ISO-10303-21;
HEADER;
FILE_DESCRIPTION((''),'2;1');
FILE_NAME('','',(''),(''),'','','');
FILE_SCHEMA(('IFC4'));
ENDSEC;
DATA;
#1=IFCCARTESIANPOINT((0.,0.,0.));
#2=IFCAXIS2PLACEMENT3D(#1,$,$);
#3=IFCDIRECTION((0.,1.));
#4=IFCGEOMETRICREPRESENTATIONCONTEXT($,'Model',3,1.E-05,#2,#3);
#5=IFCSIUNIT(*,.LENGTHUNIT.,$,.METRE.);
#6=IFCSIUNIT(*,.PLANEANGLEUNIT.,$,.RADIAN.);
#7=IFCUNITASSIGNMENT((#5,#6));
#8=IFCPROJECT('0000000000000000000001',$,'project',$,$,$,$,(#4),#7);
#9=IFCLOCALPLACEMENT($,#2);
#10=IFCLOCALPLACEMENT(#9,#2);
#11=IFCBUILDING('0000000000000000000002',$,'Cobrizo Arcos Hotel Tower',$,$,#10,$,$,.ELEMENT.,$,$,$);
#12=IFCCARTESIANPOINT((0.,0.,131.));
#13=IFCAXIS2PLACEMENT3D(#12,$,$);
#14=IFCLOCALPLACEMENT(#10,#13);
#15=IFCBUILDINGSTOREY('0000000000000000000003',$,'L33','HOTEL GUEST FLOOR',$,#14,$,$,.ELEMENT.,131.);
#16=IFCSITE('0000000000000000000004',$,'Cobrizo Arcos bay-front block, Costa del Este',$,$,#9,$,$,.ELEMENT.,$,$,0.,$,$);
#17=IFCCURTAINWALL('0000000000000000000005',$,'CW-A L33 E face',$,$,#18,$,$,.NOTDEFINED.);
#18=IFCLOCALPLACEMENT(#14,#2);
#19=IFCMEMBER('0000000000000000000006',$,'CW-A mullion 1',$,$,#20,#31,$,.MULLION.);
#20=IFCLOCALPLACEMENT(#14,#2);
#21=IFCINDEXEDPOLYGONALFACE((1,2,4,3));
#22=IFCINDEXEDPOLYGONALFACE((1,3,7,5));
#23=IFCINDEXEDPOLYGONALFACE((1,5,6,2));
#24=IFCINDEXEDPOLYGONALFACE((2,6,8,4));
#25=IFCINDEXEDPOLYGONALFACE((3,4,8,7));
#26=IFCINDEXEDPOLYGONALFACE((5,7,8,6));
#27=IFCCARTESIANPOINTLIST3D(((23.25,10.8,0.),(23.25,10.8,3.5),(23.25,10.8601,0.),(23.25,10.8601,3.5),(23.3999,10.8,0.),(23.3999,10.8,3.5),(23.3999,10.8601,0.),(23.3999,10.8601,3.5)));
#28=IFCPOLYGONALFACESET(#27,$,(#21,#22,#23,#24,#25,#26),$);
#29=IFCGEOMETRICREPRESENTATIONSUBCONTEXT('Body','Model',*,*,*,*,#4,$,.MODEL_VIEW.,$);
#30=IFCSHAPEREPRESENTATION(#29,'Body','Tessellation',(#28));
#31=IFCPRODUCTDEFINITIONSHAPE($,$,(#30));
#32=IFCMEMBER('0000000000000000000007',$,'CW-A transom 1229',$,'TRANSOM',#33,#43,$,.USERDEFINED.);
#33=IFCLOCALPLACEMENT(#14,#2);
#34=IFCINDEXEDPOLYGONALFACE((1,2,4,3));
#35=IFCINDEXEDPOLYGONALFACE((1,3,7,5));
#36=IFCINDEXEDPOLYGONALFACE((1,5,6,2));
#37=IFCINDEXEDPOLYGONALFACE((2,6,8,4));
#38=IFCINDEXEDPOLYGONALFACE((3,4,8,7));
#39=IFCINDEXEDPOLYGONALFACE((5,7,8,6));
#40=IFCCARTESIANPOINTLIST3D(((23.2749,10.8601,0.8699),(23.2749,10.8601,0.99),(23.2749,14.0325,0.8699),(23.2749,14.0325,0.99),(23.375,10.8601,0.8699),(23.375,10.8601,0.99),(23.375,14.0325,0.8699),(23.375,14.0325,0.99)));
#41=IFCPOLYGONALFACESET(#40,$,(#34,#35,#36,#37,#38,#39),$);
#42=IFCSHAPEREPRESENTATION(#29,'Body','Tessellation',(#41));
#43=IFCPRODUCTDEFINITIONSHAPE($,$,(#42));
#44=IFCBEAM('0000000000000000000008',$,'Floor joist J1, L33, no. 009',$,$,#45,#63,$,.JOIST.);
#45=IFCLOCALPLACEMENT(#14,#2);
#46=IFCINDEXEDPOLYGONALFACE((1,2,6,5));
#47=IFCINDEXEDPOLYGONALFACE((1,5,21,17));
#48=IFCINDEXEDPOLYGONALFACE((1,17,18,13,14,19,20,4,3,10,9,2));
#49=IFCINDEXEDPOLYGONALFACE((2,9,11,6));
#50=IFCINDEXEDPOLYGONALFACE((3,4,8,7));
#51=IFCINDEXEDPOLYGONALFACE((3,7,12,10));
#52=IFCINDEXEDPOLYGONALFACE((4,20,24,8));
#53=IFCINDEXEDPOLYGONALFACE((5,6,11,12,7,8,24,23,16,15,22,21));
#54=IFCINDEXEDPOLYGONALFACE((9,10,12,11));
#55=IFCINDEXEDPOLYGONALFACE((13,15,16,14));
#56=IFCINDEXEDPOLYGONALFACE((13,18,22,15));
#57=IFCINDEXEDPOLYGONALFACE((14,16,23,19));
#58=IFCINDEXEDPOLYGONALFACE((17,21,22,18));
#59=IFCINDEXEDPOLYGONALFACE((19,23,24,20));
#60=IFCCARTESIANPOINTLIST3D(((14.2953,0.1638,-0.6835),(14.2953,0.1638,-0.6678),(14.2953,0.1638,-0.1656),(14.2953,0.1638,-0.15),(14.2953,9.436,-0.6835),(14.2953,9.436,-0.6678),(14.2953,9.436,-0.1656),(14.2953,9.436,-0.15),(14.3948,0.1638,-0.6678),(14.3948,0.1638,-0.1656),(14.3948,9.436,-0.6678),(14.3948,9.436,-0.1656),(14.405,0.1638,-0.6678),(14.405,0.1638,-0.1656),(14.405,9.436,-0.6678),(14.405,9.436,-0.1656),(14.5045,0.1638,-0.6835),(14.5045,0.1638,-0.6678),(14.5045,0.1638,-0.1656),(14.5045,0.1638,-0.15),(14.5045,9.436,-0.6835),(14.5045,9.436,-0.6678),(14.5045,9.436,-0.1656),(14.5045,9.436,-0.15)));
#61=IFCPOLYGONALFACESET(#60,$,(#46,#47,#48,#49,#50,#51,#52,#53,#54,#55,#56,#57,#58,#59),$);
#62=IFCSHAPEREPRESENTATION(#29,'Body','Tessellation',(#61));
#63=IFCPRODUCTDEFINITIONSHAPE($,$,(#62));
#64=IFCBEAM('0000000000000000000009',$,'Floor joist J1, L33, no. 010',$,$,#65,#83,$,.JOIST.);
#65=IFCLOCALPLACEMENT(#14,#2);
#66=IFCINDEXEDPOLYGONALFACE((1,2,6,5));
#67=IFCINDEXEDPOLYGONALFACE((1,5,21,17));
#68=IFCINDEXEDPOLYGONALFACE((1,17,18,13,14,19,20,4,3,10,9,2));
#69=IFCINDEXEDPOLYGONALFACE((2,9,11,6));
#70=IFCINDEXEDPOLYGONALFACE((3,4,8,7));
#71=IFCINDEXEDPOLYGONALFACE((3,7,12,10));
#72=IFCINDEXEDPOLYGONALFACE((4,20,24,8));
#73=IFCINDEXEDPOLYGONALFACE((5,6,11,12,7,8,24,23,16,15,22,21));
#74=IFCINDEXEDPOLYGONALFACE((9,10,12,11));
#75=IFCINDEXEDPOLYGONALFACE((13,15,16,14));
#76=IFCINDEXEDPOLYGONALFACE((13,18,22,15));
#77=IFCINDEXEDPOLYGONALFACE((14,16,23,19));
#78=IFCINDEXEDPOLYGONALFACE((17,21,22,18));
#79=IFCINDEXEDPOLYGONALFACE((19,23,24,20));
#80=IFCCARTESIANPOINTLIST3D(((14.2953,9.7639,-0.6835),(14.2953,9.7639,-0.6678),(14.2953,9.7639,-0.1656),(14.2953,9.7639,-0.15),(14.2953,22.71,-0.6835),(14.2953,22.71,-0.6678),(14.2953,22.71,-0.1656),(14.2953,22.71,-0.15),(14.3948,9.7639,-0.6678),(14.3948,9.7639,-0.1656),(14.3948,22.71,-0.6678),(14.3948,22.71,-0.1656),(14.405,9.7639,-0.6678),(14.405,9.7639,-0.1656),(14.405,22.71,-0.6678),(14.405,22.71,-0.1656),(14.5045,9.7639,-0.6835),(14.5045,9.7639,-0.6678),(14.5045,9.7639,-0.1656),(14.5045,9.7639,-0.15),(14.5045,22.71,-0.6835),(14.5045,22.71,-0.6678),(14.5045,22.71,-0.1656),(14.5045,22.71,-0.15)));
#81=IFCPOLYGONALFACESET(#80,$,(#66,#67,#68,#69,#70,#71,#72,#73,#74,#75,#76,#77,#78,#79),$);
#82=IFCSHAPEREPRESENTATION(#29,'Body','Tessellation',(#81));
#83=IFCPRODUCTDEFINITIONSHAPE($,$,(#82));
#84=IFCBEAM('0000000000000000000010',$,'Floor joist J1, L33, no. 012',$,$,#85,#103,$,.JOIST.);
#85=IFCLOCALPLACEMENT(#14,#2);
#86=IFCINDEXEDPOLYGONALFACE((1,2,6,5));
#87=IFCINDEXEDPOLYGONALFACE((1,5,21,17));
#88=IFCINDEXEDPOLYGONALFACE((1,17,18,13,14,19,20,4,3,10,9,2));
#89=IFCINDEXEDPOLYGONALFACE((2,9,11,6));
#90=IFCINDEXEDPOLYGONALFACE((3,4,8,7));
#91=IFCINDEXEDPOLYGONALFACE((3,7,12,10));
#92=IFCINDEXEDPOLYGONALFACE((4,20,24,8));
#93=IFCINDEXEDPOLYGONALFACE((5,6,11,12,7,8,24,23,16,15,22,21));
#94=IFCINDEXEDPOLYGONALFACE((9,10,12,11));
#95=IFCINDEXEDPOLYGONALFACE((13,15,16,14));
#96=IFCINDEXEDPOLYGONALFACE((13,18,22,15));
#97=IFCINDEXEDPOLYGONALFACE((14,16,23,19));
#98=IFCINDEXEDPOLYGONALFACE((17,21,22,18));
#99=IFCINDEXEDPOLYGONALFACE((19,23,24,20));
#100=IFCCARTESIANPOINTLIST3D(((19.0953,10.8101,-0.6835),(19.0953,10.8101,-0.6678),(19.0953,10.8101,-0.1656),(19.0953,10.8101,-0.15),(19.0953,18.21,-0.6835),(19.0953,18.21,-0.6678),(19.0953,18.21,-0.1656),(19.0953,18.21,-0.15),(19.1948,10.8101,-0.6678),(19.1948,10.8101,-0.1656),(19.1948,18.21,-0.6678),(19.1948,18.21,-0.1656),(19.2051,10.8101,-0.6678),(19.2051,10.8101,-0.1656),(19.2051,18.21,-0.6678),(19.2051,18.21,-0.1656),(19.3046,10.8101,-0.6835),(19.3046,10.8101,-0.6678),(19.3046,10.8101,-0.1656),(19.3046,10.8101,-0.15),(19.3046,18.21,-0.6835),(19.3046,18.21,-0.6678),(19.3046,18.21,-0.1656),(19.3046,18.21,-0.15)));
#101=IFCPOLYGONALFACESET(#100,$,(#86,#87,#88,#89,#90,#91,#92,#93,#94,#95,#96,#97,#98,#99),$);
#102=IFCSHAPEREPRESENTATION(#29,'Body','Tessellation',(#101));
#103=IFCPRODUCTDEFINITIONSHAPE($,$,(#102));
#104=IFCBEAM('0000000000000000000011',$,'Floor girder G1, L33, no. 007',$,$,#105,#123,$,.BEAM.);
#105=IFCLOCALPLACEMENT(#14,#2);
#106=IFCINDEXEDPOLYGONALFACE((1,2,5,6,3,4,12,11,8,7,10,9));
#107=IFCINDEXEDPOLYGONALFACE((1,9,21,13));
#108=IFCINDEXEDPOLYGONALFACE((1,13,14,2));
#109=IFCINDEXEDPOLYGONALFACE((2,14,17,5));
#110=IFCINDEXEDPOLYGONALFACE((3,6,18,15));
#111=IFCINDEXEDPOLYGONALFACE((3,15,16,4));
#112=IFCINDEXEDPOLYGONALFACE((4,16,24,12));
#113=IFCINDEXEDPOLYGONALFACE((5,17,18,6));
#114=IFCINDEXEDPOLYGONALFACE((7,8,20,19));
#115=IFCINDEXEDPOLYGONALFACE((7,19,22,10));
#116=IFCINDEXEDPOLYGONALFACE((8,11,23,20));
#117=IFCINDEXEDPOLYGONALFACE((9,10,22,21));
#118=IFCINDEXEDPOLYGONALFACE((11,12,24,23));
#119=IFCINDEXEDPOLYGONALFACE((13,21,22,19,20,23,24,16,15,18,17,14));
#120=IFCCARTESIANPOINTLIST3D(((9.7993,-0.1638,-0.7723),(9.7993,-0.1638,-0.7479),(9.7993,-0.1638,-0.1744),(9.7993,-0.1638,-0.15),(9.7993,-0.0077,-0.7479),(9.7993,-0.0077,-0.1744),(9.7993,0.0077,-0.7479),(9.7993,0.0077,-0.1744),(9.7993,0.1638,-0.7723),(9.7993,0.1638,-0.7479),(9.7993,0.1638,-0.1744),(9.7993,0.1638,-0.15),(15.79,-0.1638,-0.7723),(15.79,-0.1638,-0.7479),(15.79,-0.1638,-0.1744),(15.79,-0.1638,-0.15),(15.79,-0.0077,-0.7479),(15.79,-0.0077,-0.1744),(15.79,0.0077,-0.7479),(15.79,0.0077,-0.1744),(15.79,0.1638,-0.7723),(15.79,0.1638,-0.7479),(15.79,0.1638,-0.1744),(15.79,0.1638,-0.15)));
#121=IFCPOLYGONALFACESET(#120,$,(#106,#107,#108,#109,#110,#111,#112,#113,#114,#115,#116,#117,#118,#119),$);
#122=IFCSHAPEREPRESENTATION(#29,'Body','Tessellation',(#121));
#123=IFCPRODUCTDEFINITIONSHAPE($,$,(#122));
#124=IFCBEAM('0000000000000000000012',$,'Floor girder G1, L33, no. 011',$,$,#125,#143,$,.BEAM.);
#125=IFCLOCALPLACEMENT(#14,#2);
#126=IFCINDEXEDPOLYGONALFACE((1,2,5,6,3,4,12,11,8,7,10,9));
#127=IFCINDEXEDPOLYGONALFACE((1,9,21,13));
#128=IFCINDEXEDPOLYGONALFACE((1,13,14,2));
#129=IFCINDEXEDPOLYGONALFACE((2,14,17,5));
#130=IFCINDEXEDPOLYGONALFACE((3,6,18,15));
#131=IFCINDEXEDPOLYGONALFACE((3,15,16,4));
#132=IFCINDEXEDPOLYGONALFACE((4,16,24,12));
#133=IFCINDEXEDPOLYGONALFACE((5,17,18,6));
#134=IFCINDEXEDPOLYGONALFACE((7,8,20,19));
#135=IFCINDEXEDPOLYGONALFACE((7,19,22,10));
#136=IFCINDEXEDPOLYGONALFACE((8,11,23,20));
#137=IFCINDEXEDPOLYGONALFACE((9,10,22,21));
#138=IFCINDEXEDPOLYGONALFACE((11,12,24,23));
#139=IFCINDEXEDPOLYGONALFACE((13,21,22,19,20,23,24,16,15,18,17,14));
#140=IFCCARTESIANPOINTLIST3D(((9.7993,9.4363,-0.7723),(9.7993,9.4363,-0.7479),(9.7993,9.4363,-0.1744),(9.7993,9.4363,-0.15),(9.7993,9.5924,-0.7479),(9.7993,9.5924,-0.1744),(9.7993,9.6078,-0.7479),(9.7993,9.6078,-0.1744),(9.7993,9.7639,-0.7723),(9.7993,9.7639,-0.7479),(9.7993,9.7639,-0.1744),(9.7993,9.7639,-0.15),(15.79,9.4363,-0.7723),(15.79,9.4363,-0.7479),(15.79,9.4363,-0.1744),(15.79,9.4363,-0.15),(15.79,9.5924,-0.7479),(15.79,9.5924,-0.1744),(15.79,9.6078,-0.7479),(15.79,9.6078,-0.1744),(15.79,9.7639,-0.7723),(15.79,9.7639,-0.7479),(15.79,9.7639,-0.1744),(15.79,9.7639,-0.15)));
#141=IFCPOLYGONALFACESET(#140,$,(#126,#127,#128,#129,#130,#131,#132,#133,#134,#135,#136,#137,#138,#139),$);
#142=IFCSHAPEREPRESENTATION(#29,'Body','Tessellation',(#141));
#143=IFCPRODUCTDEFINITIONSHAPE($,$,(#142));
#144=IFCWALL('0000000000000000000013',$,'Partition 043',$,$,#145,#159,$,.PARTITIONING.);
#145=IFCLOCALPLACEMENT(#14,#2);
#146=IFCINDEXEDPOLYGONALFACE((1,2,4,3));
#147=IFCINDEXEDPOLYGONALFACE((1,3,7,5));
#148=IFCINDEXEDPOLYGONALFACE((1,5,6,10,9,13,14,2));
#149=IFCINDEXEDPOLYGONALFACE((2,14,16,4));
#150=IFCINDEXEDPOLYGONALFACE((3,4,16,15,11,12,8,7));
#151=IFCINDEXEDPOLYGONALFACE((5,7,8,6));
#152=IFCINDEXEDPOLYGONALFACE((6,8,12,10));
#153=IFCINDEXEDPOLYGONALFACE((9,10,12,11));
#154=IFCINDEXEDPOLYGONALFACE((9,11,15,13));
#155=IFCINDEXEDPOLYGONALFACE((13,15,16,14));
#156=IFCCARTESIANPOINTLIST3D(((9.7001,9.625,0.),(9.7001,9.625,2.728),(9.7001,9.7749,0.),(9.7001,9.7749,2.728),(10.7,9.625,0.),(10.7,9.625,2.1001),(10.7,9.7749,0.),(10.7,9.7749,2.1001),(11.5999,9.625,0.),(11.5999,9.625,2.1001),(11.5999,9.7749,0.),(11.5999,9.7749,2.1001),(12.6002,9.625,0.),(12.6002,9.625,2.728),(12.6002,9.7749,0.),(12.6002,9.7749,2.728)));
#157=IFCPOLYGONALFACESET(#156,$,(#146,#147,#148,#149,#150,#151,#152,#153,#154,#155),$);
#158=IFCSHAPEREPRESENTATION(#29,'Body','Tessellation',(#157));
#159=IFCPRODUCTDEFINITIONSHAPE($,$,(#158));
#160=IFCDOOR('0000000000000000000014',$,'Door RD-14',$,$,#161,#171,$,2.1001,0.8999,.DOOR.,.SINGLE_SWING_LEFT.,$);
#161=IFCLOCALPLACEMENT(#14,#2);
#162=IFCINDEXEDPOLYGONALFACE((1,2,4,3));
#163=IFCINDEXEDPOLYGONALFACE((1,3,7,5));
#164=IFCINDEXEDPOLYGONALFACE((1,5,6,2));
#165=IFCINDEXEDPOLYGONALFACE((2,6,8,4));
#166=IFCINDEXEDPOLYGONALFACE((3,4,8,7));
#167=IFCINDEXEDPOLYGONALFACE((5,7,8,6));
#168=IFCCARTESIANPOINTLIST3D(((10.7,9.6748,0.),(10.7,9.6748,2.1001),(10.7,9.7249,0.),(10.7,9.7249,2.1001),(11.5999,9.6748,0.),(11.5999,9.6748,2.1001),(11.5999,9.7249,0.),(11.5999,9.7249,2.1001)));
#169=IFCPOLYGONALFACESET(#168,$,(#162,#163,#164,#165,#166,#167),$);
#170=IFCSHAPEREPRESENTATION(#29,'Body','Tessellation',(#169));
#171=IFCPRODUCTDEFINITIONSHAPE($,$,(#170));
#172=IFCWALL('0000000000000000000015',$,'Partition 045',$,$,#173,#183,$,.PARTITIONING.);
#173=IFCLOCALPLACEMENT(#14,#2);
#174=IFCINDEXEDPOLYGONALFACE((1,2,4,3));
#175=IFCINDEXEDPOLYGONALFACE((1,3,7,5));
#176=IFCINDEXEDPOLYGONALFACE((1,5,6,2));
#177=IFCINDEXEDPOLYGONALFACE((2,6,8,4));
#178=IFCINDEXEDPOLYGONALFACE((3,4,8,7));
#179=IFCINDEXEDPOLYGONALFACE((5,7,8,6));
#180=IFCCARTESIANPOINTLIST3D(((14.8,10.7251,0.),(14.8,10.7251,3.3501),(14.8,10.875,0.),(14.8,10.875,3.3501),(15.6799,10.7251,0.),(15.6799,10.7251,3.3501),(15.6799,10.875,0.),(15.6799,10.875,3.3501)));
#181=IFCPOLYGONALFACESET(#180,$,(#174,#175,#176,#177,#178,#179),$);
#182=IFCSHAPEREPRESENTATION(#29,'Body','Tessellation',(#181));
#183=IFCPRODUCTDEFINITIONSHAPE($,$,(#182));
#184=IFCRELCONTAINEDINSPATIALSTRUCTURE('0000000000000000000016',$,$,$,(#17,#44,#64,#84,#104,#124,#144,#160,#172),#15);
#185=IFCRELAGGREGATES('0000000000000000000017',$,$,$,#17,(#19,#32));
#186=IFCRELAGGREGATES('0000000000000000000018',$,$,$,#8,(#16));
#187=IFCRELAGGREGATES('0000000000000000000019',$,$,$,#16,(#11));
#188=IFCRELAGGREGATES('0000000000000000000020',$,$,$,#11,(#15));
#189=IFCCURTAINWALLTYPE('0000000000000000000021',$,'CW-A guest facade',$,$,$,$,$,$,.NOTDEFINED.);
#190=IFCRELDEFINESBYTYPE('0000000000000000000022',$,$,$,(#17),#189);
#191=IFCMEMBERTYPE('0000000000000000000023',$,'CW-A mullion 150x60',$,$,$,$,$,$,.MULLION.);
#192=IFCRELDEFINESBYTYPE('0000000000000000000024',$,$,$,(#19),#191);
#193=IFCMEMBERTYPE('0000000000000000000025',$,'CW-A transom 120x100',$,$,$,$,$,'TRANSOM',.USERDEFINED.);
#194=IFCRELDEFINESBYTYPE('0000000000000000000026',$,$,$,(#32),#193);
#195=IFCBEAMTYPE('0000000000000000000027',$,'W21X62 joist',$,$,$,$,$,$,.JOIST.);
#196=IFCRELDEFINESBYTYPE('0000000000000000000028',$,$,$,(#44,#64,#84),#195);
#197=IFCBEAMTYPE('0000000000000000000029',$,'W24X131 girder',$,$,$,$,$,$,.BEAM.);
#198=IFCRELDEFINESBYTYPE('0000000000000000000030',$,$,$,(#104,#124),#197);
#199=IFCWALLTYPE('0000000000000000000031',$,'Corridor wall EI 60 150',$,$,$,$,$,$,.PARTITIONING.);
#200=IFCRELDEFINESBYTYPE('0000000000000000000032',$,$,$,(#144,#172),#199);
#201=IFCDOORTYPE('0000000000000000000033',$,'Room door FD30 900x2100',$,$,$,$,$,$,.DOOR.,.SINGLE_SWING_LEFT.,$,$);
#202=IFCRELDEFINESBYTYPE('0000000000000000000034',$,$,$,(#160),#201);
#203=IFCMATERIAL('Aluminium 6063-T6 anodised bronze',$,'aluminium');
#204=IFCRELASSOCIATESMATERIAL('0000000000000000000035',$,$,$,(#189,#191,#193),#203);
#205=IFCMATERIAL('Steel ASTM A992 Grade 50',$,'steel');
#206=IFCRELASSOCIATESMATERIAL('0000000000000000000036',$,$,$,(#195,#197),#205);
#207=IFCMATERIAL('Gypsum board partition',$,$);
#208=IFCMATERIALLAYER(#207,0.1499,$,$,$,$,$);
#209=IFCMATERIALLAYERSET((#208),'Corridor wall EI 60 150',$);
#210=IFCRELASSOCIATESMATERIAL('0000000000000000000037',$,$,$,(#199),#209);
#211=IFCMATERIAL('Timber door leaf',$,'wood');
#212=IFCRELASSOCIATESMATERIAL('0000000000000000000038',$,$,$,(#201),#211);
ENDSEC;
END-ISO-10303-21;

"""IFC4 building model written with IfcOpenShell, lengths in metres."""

from ifc_helpers import new_model, si_unit, direction, frame, frame_2d, origin, origin_2d, place, context, subcontext, project, spatial, rectangle, i_section, extrude, material, layer, layer_set, material_profile, profile_set, type_object, element, fill, aggregate, save


model = new_model("IFC4")

# Units and contexts
model_context = context("Model", 3, precision=1e-05, world=origin(), true_north=direction((0.0, 1.0)))
body_context = subcontext(model_context, "Body", "Model", "MODEL_VIEW")
ifc_project = project(units=[si_unit("LENGTHUNIT", "METRE"), si_unit("PLANEANGLEUNIT", "RADIAN")], contexts=[model_context])

# Site, building, storey
site_placement = place(None, origin())
site = spatial("IfcSite", under=ifc_project, at=site_placement, Name="Cobrizo Arcos bay-front block, Costa del Este", CompositionType="ELEMENT", RefElevation=0.0)
building_placement = place(site_placement, origin())
building = spatial("IfcBuilding", under=site, at=building_placement, Name="Cobrizo Arcos Hotel Tower", CompositionType="ELEMENT")
storey_placement = place(building_placement, frame((0.0, 0.0, 131.0)))
storey = spatial("IfcBuildingStorey", under=building, at=storey_placement, Name="L33", Description="HOTEL GUEST FLOOR", CompositionType="ELEMENT", Elevation=131.0)

# Curtain wall, members
ifc_material_1 = material(Name="Aluminium 6063-T6 anodised bronze", Category="aluminium")
curtain_wall_type = type_object("IfcCurtainWallType", Name="CW-A guest facade", PredefinedType="NOTDEFINED", material=ifc_material_1)
curtain_wall_placement = place(storey_placement, origin())
curtain_wall = element("IfcCurtainWall", 1, at=curtain_wall_placement, inside=storey, type_object=curtain_wall_type, Name="CW-A L33 E face", PredefinedType="NOTDEFINED")
ifc_material_profile_1 = material_profile(ifc_material_1, rectangle(XDim=0.1499, YDim=0.0601, at=origin_2d()), Name="CW-A mullion 150x60")
ifc_profile_set_1 = profile_set([ifc_material_profile_1], Name="Aluminium 6063-T6 anodised bronze")
member_type_1 = type_object("IfcMemberType", Name="CW-A mullion 150x60", PredefinedType="MULLION", material=ifc_profile_set_1)
member_1_placement = place(storey_placement, frame((23.325, 10.8301, 0.0), z_axis=(0.0, 0.0, 1.0), x_axis=(1.0, 0.0, 0.0)))
member_1 = element("IfcMember", 2, at=member_1_placement, type_object=member_type_1, Name="CW-A mullion 1", PredefinedType="MULLION", context=body_context, shape_type="SweptSolid", body=[
    extrude(rectangle(XDim=0.1499, YDim=0.0601, at=origin_2d()), origin(), (0.0, 0.0, 1.0), 3.5),
])
ifc_material_profile_2 = material_profile(ifc_material_1, rectangle(XDim=0.1001, YDim=0.1201, at=origin_2d()), Name="CW-A transom 120x100")
ifc_profile_set_2 = profile_set([ifc_material_profile_2], Name="Aluminium 6063-T6 anodised bronze")
member_type_2 = type_object("IfcMemberType", Name="CW-A transom 120x100", ElementType="TRANSOM", PredefinedType="USERDEFINED", material=ifc_profile_set_2)
member_2_placement = place(storey_placement, frame((23.325, 10.8601, 0.9299), z_axis=(0.0, 1.0, 0.0), x_axis=(-1.0, 0.0, 0.0)))
member_2 = element("IfcMember", 3, at=member_2_placement, type_object=member_type_2, Name="CW-A transom 1229", ObjectType="TRANSOM", PredefinedType="USERDEFINED", context=body_context, shape_type="SweptSolid", body=[
    extrude(rectangle(XDim=0.1001, YDim=0.1201, at=origin_2d()), origin(), (0.0, 0.0, 1.0), 3.1724),
])
aggregate(curtain_wall, [member_1, member_2])

# Beams
ifc_material_2 = material(Name="Steel ASTM A992 Grade 50", Category="steel")
ifc_material_profile_3 = material_profile(ifc_material_2, i_section(OverallWidth=0.2092, OverallDepth=0.5334, WebThickness=0.0103, FlangeThickness=0.0156, at=origin_2d()), Name="W21X62")
ifc_profile_set_3 = profile_set([ifc_material_profile_3], Name="Steel ASTM A992 Grade 50")
beam_type_1 = type_object("IfcBeamType", Name="W21X62 joist", PredefinedType="JOIST", material=ifc_profile_set_3)
beam_1_placement = place(storey_placement, frame((14.3999, 0.1638, -0.4167), z_axis=(0.0, 1.0, 0.0), x_axis=(-1.0, 0.0, 0.0)))
element("IfcBeam", 4, at=beam_1_placement, inside=storey, type_object=beam_type_1, Name="Floor joist J1, L33, no. 009", PredefinedType="JOIST", context=body_context, shape_type="SweptSolid", body=[
    extrude(i_section(OverallWidth=0.2092, OverallDepth=0.5334, WebThickness=0.0103, FlangeThickness=0.0156, at=origin_2d()), origin(), (0.0, 0.0, 1.0), 9.2722),
])
beam_2_placement = place(storey_placement, frame((14.3999, 9.7639, -0.4167), z_axis=(0.0, 1.0, 0.0), x_axis=(-1.0, 0.0, 0.0)))
element("IfcBeam", 5, at=beam_2_placement, inside=storey, type_object=beam_type_1, Name="Floor joist J1, L33, no. 010", PredefinedType="JOIST", context=body_context, shape_type="SweptSolid", body=[
    extrude(i_section(OverallWidth=0.2092, OverallDepth=0.5334, WebThickness=0.0103, FlangeThickness=0.0156, at=origin_2d()), origin(), (0.0, 0.0, 1.0), 12.946),
])
beam_3_placement = place(storey_placement, frame((19.2, 10.8101, -0.4167), z_axis=(0.0, 1.0, 0.0), x_axis=(-1.0, 0.0, 0.0)))
element("IfcBeam", 6, at=beam_3_placement, inside=storey, type_object=beam_type_1, Name="Floor joist J1, L33, no. 012", PredefinedType="JOIST", context=body_context, shape_type="SweptSolid", body=[
    extrude(i_section(OverallWidth=0.2092, OverallDepth=0.5334, WebThickness=0.0103, FlangeThickness=0.0156, at=origin_2d()), origin(), (0.0, 0.0, 1.0), 7.3999),
])
ifc_material_profile_4 = material_profile(ifc_material_2, i_section(OverallWidth=0.3276, OverallDepth=0.6223, WebThickness=0.0154, FlangeThickness=0.0244, at=origin_2d()), Name="W24X131")
ifc_profile_set_4 = profile_set([ifc_material_profile_4], Name="Steel ASTM A992 Grade 50")
beam_type_2 = type_object("IfcBeamType", Name="W24X131 girder", PredefinedType="BEAM", material=ifc_profile_set_4)
for number, where, z_axis, x_axis, name in (
    (7, (9.7993, 0.0, -0.4612), (1.0, 0.0, 0.0), (0.0, 1.0, 0.0), "Floor girder G1, L33, no. 007"),
    (8, (9.7993, 9.6001, -0.4612), (1.0, 0.0, 0.0), (0.0, 1.0, 0.0), "Floor girder G1, L33, no. 011"),
):
    element("IfcBeam", number, at=place(storey_placement, frame(where, z_axis=z_axis, x_axis=x_axis)), inside=storey, type_object=beam_type_2, Name=name, PredefinedType="BEAM", context=body_context, shape_type="SweptSolid", body=[
        extrude(i_section(OverallWidth=0.3276, OverallDepth=0.6223, WebThickness=0.0154, FlangeThickness=0.0244, at=origin_2d()), origin(), (0.0, 0.0, 1.0), 5.9907),
    ])

# Wall, opening, door
ifc_material_3 = material(Name="Gypsum board partition")
ifc_layer_1 = layer(ifc_material_3, 0.1499)
ifc_layer_set_1 = layer_set([ifc_layer_1], Name="Corridor wall EI 60 150")
wall_type_1 = type_object("IfcWallType", Name="Corridor wall EI 60 150", PredefinedType="PARTITIONING", material=ifc_layer_set_1)
wall_1_placement = place(storey_placement, frame((9.7, 9.7, 0.0), z_axis=(0.0, 0.0, 1.0), x_axis=(1.0, 0.0, 0.0)))
wall_1 = element("IfcWall", 9, at=wall_1_placement, inside=storey, type_object=wall_type_1, Name="Partition 043", PredefinedType="PARTITIONING", context=body_context, shape_type="SweptSolid", body=[
    extrude(rectangle(XDim=2.9001, YDim=0.1499, at=frame_2d((1.4502, 0.0))), origin(), (0.0, 0.0, 1.0), 2.728),
])
opening_1_placement = place(wall_1_placement, frame((1.0, 0.0, 0.0)))
opening_1 = element("IfcOpeningElement", 10, at=opening_1_placement, cuts=wall_1, PredefinedType="OPENING", context=body_context, shape_type="SweptSolid", body=[
    extrude(rectangle(XDim=0.8999, YDim=2.1001, at=frame_2d((0.45, 1.05))), frame((0.0, 0.0869, 0.0), z_axis=(0.0, -1.0, 0.0), x_axis=(1.0, 0.0, 0.0)), (0.0, 0.0, 1.0), 0.1738),
])
ifc_material_4 = material(Name="Timber door leaf", Category="wood")
door_type_1 = type_object("IfcDoorType", Name="Room door FD30 900x2100", OperationType="SINGLE_SWING_LEFT", PredefinedType="DOOR", material=ifc_material_4)
door_1_placement = place(opening_1_placement, origin())
door_1 = element("IfcDoor", 11, at=door_1_placement, inside=storey, type_object=door_type_1, Name="Door RD-14", OperationType="SINGLE_SWING_LEFT", OverallHeight=2.1001, OverallWidth=0.8999, PredefinedType="DOOR", context=body_context, shape_type="SweptSolid", body=[
    extrude(rectangle(XDim=0.8999, YDim=2.1001, at=frame_2d((0.45, 1.05))), frame((0.0, 0.0249, 0.0), z_axis=(0.0, -1.0, 0.0), x_axis=(1.0, 0.0, 0.0)), (0.0, 0.0, 1.0), 0.05),
])
fill(opening_1, door_1)

# Wall
wall_2_placement = place(storey_placement, frame((14.8, 10.8, 0.0), z_axis=(0.0, 0.0, 1.0), x_axis=(1.0, 0.0, 0.0)))
element("IfcWall", 12, at=wall_2_placement, inside=storey, type_object=wall_type_1, Name="Partition 045", PredefinedType="PARTITIONING", context=body_context, shape_type="SweptSolid", body=[
    extrude(rectangle(XDim=0.8799, YDim=0.1499, at=frame_2d((0.4399, 0.0))), origin(), (0.0, 0.0, 1.0), 3.3501),
])

save(model, "model.ifc")
